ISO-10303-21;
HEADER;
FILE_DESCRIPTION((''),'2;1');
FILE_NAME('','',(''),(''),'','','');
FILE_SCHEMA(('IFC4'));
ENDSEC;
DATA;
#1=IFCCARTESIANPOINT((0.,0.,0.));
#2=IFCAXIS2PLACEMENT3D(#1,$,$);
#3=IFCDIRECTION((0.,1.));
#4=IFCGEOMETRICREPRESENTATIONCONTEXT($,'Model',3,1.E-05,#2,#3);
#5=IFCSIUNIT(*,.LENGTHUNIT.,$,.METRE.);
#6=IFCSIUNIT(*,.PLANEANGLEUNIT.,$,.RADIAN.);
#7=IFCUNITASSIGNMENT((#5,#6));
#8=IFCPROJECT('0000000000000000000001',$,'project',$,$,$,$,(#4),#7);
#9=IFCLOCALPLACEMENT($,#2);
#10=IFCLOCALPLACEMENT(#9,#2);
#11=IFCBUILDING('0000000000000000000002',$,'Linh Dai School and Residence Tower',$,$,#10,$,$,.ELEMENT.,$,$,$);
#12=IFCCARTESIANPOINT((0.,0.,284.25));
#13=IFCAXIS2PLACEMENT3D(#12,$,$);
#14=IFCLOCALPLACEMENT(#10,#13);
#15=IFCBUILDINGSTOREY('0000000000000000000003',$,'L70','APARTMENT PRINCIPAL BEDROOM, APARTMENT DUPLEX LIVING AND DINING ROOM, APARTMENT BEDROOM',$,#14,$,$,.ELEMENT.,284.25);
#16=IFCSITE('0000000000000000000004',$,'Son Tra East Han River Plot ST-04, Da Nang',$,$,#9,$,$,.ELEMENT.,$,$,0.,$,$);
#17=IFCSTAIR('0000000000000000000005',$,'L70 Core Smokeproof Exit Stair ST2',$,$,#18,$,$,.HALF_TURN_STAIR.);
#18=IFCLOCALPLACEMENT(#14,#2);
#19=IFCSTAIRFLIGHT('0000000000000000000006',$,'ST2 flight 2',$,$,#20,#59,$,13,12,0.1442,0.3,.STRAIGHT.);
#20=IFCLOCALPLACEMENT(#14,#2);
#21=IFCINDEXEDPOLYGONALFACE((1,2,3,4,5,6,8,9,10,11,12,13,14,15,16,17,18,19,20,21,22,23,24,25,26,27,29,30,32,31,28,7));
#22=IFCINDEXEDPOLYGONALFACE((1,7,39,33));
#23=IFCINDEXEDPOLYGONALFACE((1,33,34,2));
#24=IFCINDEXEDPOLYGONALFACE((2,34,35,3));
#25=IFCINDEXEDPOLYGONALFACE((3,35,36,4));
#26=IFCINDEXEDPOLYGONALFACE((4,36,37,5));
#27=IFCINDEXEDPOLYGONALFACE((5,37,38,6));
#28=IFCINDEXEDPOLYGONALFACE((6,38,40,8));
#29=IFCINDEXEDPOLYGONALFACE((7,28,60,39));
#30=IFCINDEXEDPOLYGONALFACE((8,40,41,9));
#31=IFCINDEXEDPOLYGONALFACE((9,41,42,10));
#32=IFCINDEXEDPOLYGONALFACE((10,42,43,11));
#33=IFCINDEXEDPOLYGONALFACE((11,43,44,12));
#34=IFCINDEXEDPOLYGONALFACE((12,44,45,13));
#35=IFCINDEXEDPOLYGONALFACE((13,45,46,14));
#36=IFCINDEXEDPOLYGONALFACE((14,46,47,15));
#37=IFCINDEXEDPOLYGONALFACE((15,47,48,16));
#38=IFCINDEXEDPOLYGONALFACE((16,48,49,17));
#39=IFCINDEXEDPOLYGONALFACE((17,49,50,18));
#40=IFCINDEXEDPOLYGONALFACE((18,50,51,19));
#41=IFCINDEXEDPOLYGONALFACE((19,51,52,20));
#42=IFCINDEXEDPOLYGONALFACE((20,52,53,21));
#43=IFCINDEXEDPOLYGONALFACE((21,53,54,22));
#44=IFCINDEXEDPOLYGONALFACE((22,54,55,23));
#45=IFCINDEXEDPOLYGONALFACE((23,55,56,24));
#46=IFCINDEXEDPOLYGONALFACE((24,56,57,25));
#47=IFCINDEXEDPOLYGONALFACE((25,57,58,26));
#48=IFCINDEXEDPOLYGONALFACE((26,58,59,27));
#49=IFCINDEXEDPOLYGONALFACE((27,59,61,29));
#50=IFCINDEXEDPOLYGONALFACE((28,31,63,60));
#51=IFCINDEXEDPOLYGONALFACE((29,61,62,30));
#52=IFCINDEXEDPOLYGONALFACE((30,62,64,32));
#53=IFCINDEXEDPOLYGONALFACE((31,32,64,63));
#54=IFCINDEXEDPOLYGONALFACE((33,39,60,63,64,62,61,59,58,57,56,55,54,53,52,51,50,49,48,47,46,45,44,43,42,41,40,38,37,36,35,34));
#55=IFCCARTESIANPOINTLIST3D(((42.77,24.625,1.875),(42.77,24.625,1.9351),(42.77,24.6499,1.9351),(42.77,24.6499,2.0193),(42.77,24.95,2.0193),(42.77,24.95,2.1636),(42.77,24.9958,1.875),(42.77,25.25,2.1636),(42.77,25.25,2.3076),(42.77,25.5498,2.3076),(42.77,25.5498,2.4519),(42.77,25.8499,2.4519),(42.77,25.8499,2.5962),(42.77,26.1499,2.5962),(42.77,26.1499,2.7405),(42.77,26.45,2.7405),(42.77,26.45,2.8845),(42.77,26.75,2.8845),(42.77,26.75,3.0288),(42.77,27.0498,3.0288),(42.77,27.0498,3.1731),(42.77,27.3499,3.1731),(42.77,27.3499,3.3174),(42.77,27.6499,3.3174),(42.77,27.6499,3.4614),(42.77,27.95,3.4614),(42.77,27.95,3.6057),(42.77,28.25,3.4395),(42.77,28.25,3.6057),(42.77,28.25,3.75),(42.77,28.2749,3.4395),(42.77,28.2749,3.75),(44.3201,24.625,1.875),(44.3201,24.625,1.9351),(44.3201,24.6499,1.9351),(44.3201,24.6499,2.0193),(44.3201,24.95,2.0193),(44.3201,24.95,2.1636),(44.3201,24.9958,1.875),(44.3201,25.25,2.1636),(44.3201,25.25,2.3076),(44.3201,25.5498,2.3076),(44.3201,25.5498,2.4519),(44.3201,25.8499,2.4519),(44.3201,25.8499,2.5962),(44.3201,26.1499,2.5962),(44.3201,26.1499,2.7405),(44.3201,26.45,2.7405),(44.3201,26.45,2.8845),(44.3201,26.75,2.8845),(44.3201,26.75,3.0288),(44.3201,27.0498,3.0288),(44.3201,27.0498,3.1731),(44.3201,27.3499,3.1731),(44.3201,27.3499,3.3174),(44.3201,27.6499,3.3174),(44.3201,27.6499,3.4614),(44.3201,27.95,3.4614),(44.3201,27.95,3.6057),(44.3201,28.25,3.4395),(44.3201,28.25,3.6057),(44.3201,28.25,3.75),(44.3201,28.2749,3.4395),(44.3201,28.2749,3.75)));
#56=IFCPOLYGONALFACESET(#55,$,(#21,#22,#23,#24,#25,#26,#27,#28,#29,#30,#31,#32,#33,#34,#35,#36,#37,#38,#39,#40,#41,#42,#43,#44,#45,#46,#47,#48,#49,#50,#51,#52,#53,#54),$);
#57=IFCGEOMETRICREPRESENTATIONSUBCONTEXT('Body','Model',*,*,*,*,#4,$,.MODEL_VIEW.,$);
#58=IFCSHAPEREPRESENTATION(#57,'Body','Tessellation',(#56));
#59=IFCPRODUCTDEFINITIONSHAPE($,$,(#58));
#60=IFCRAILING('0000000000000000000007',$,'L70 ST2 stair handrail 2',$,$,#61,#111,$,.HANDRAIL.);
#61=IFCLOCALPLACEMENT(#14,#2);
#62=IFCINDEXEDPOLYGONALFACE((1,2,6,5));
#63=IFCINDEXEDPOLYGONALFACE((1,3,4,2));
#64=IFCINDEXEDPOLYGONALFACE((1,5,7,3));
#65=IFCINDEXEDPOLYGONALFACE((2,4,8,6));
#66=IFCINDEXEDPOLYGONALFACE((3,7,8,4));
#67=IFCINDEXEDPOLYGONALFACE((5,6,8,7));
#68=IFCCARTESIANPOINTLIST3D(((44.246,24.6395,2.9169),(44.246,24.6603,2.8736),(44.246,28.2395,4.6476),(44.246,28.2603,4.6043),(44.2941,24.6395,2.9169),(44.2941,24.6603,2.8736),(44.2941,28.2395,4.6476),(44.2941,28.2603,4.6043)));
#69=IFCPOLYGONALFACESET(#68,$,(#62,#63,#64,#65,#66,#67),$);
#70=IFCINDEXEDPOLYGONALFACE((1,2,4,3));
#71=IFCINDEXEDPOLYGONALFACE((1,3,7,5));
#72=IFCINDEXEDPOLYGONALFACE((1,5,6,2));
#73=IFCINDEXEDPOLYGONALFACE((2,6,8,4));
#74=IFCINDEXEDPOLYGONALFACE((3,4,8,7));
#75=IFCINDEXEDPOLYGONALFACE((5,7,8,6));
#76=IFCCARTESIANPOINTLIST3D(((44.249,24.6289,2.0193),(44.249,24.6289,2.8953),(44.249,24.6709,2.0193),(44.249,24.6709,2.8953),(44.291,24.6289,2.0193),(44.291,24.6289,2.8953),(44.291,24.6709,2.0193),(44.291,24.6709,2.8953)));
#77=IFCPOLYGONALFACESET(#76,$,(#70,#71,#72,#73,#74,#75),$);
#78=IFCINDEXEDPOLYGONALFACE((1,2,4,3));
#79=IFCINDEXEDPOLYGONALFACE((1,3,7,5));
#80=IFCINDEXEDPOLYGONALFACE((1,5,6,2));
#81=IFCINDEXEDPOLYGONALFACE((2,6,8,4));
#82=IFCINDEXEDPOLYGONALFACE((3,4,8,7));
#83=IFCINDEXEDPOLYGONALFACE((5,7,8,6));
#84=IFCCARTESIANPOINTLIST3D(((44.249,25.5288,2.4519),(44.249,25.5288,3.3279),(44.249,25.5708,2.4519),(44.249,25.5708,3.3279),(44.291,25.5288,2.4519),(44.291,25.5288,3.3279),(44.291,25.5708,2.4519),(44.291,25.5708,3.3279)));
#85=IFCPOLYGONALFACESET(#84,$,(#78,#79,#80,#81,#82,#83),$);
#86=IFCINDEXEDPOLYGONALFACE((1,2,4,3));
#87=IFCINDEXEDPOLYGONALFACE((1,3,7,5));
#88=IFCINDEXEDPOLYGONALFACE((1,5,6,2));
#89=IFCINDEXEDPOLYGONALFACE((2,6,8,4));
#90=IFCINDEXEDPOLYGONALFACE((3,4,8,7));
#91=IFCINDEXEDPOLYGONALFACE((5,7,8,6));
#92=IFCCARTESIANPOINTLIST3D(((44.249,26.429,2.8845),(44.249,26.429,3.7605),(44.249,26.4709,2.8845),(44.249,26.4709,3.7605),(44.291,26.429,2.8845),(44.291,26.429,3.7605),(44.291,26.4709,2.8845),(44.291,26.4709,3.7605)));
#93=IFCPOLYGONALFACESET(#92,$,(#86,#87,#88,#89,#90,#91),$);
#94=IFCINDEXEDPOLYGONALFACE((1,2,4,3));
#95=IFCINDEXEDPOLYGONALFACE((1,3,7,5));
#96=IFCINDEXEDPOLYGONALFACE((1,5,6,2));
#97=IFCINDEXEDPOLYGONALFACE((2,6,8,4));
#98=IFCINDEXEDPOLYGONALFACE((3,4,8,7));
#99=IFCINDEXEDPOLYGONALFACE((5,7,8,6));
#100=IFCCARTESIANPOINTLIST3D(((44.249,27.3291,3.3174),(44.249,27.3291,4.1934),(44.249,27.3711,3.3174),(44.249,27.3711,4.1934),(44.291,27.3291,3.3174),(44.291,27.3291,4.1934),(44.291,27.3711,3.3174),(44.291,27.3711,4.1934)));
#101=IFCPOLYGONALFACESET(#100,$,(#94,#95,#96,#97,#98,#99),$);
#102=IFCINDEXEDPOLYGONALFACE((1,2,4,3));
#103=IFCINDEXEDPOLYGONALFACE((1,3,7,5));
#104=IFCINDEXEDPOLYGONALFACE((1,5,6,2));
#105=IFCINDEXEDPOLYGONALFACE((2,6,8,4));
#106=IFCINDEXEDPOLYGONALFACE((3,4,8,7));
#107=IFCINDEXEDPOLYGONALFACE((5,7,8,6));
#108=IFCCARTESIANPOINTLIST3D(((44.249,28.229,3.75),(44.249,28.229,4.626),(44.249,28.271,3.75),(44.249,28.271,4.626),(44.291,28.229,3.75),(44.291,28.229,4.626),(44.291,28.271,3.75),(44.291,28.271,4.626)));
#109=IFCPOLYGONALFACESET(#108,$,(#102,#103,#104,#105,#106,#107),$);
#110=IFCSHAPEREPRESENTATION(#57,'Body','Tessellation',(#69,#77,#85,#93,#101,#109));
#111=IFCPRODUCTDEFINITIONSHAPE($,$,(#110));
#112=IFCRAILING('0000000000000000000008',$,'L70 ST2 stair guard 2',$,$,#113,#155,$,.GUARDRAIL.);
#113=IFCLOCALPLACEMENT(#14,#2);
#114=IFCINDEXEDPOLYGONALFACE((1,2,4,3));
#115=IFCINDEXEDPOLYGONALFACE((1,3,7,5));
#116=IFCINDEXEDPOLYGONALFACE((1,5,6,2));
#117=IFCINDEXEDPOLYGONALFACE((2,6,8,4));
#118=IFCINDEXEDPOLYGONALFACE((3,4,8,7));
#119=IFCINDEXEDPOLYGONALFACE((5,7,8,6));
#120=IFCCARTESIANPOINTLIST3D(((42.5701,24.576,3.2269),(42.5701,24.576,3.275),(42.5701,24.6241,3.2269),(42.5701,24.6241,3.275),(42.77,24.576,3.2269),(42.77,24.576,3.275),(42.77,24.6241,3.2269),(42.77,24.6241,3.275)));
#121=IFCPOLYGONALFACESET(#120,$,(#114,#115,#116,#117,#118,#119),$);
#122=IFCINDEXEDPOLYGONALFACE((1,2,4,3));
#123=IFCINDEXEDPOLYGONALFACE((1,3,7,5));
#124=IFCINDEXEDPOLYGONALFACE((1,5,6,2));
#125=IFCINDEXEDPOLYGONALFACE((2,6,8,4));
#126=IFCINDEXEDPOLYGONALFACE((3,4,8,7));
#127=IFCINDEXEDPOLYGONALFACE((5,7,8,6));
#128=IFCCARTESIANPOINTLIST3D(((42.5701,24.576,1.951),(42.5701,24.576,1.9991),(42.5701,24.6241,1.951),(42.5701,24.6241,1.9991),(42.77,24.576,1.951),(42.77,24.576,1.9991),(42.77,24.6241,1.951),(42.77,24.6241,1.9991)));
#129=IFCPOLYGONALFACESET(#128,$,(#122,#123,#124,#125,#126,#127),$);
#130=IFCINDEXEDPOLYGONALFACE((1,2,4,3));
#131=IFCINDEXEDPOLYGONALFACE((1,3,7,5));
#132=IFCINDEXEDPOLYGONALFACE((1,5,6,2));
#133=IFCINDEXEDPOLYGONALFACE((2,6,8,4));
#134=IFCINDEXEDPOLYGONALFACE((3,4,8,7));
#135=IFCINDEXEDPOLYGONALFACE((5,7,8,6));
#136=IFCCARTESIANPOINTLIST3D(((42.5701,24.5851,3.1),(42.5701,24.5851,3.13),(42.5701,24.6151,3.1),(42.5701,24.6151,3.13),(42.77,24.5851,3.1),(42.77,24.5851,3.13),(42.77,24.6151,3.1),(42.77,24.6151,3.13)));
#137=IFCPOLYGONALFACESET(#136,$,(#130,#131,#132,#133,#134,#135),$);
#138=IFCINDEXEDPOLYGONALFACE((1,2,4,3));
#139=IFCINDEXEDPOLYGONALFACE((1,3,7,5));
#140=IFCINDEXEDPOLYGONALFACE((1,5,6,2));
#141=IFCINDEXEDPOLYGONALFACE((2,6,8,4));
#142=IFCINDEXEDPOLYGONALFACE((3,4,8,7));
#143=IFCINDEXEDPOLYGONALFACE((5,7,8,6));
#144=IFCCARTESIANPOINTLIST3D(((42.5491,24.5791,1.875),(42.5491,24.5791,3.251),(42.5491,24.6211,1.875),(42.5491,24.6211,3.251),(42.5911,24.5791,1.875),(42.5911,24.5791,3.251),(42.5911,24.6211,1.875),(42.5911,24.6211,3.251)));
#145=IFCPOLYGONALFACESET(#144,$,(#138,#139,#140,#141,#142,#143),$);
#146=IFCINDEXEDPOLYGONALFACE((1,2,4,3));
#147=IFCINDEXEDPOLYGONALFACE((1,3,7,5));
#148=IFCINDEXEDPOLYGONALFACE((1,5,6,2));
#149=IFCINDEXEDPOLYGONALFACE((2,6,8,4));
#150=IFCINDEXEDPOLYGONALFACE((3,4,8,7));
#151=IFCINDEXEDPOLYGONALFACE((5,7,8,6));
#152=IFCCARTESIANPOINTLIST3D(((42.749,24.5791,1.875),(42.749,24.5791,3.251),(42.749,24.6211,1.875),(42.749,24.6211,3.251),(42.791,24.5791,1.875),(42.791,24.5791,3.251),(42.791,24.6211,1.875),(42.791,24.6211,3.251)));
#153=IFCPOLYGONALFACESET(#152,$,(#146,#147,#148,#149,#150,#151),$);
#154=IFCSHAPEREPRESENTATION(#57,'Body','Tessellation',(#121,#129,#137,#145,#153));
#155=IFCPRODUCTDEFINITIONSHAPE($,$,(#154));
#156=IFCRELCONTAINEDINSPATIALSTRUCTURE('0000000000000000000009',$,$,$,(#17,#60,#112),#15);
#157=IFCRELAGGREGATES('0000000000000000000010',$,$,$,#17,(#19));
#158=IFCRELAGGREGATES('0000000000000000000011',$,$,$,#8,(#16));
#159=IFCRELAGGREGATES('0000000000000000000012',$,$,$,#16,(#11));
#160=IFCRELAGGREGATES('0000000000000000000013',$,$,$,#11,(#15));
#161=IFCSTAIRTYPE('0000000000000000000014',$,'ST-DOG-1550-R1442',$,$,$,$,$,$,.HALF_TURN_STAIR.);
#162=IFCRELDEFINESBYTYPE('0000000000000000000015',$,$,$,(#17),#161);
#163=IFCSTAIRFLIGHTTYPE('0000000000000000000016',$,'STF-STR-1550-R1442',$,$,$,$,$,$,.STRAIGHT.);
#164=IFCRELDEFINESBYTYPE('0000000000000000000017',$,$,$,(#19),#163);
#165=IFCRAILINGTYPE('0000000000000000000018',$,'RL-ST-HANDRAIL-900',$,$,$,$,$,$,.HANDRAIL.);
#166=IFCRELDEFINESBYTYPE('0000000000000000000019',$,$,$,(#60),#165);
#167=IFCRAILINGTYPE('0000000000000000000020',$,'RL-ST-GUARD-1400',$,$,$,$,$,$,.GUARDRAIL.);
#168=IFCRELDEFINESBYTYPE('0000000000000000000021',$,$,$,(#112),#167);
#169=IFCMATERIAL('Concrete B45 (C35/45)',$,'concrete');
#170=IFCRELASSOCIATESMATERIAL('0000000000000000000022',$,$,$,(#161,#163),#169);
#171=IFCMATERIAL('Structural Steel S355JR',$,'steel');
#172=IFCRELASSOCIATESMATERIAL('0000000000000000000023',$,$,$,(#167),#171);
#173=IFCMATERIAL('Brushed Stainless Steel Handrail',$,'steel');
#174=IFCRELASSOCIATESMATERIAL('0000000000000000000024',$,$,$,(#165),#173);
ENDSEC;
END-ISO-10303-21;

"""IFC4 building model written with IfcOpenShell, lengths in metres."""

from ifc_helpers import new_model, si_unit, direction, frame, origin, origin_2d, place, context, subcontext, project, spatial, polyline, rectangle, outline, extrude, source, transform, mapped, material, type_object, element, aggregate, save


model = new_model("IFC4")

# Units and contexts
model_context = context("Model", 3, precision=1e-05, world=origin(), true_north=direction((0.0, 1.0)))
body_context = subcontext(model_context, "Body", "Model", "MODEL_VIEW")
ifc_project = project(units=[si_unit("LENGTHUNIT", "METRE"), si_unit("PLANEANGLEUNIT", "RADIAN")], contexts=[model_context])

# Site, building, storey
site_placement = place(None, origin())
site = spatial("IfcSite", under=ifc_project, at=site_placement, Name="Son Tra East Han River Plot ST-04, Da Nang", CompositionType="ELEMENT", RefElevation=0.0)
building_placement = place(site_placement, origin())
building = spatial("IfcBuilding", under=site, at=building_placement, Name="Linh Dai School and Residence Tower", CompositionType="ELEMENT")
storey_placement = place(building_placement, frame((0.0, 0.0, 284.25)))
storey = spatial("IfcBuildingStorey", under=building, at=storey_placement, Name="L70", Description="APARTMENT PRINCIPAL BEDROOM, APARTMENT DUPLEX LIVING AND DINING ROOM, APARTMENT BEDROOM", CompositionType="ELEMENT", Elevation=284.25)

# Shared definitions
ifc_material_1 = material(Name="Structural Steel S355JR", Category="steel")

# Shared definitions
ifc_material_2 = material(Name="Concrete B45 (C35/45)", Category="concrete")

# Stair, stair flight
stair_type = type_object("IfcStairType", Name="ST-DOG-1550-R1442", PredefinedType="HALF_TURN_STAIR", material=ifc_material_2)
stair_placement = place(storey_placement, origin())
stair = element("IfcStair", 1, at=stair_placement, inside=storey, type_object=stair_type, Name="L70 Core Smokeproof Exit Stair ST2", PredefinedType="HALF_TURN_STAIR")
stair_flight_type = type_object("IfcStairFlightType", Name="STF-STR-1550-R1442", PredefinedType="STRAIGHT", material=ifc_material_2)
shared_shape_1 = source(origin(), body_context, "Body", "SweptSolid", [
    extrude(outline(polyline([(-0.0249, 0.0), (-0.0249, 0.0601), (0.0, 0.0601), (0.0, 0.1443), (0.3, 0.1443), (0.3, 0.2886), (0.6001, 0.2886), (0.6001, 0.4326), (0.8999, 0.4326), (0.8999, 0.5769), (1.2, 0.5769), (1.2, 0.7212), (1.5, 0.7212), (1.5, 0.8655), (1.8, 0.8655), (1.8, 1.0095), (2.1001, 1.0095), (2.1001, 1.1538), (2.3999, 1.1538), (2.3999, 1.2981), (2.7, 1.2981), (2.7, 1.4424), (3.0, 1.4424), (3.0, 1.5864), (3.3, 1.5864), (3.3, 1.7307), (3.6001, 1.7307), (3.6001, 1.875), (3.625, 1.875), (3.625, 1.5645), (3.6001, 1.5645), (0.3459, 0.0), (-0.0249, 0.0)])), frame((0.0, 0.7749, 0.0), z_axis=(0.0, -1.0, 0.0), x_axis=(1.0, 0.0, 0.0)), (0.0, 0.0, 1.0), 1.55),
])
stair_flight_placement = place(storey_placement, frame((43.5449, 24.6499, 1.875), z_axis=(0.0, 0.0, 1.0), x_axis=(0.0, 1.0, 0.0)))
stair_flight = element("IfcStairFlight", 2, at=stair_flight_placement, type_object=stair_flight_type, Name="ST2 flight 2", NumberOfRisers=13, NumberOfTreads=12, PredefinedType="STRAIGHT", RiserHeight=0.1442, TreadLength=0.3, context=body_context, shape_type="MappedRepresentation", body=[
    mapped(shared_shape_1, transform((0.0, 0.0, 0.0), x_axis=(1.0, 0.0, 0.0), y_axis=(0.0, 1.0, 0.0), z_axis=(0.0, 0.0, 1.0), scale=1.0)),
])
aggregate(stair, [stair_flight])

# Railings
railing_type_1 = type_object("IfcRailingType", Name="RL-ST-GUARD-1400", PredefinedType="GUARDRAIL", material=ifc_material_1)
ifc_material_3 = material(Name="Brushed Stainless Steel Handrail", Category="steel")
railing_type_2 = type_object("IfcRailingType", Name="RL-ST-HANDRAIL-900", PredefinedType="HANDRAIL", material=ifc_material_3)
shared_shape_2 = source(origin(), body_context, "Body", "SweptSolid", [
    extrude(rectangle(XDim=0.0481, YDim=0.0481, at=origin_2d()), frame((0.0, 0.0, 0.876), z_axis=(0.0, 0.901263, 0.433273), x_axis=(-1.0, 0.0, 0.0)), (0.0, 0.0, 1.0), 3.9944),
    extrude(rectangle(XDim=0.042, YDim=0.042, at=origin_2d()), origin(), (0.0, 0.0, 1.0), 0.876),
    extrude(rectangle(XDim=0.042, YDim=0.042, at=origin_2d()), frame((0.0, 0.8999, 0.4326)), (0.0, 0.0, 1.0), 0.876),
    extrude(rectangle(XDim=0.042, YDim=0.042, at=origin_2d()), frame((0.0, 1.8, 0.8652)), (0.0, 0.0, 1.0), 0.876),
    extrude(rectangle(XDim=0.042, YDim=0.042, at=origin_2d()), frame((0.0, 2.7002, 1.2981)), (0.0, 0.0, 1.0), 0.876),
    extrude(rectangle(XDim=0.042, YDim=0.042, at=origin_2d()), frame((0.0, 3.6001, 1.7307)), (0.0, 0.0, 1.0), 0.876),
])
railing_1_placement = place(storey_placement, frame((44.27, 24.6499, 2.0193)))
element("IfcRailing", 3, at=railing_1_placement, inside=storey, type_object=railing_type_2, Name="L70 ST2 stair handrail 2", PredefinedType="HANDRAIL", context=body_context, shape_type="MappedRepresentation", body=[
    mapped(shared_shape_2, transform((0.0, 0.0, 0.0), x_axis=(1.0, 0.0, 0.0), y_axis=(0.0, 1.0, 0.0), z_axis=(0.0, 0.0, 1.0), scale=1.0)),
])
shared_shape_3 = source(origin(), body_context, "Body", "SweptSolid", [
    extrude(rectangle(XDim=0.0481, YDim=0.0481, at=origin_2d()), frame((0.0, 0.0, 1.376), z_axis=(1.0, 0.0, 0.0), x_axis=(0.0, 1.0, 0.0)), (0.0, 0.0, 1.0), 0.2),
    extrude(rectangle(XDim=0.0481, YDim=0.0481, at=origin_2d()), frame((0.0, 0.0, 0.1001), z_axis=(1.0, 0.0, 0.0), x_axis=(0.0, 1.0, 0.0)), (0.0, 0.0, 1.0), 0.2),
    extrude(rectangle(XDim=0.03, YDim=0.03, at=origin_2d()), frame((0.0, 0.0, 1.24), z_axis=(1.0, 0.0, 0.0), x_axis=(0.0, 1.0, 0.0)), (0.0, 0.0, 1.0), 0.2),
    extrude(rectangle(XDim=0.042, YDim=0.042, at=origin_2d()), origin(), (0.0, 0.0, 1.0), 1.376),
    extrude(rectangle(XDim=0.042, YDim=0.042, at=origin_2d()), frame((0.2, 0.0, 0.0)), (0.0, 0.0, 1.0), 1.376),
])
railing_2_placement = place(storey_placement, frame((42.5701, 24.6001, 1.875)))
element("IfcRailing", 4, at=railing_2_placement, inside=storey, type_object=railing_type_1, Name="L70 ST2 stair guard 2", PredefinedType="GUARDRAIL", context=body_context, shape_type="MappedRepresentation", body=[
    mapped(shared_shape_3, transform((0.0, 0.0, 0.0), x_axis=(1.0, 0.0, 0.0), y_axis=(0.0, 1.0, 0.0), z_axis=(0.0, 0.0, 1.0), scale=1.0)),
])

save(model, "model.ifc")
